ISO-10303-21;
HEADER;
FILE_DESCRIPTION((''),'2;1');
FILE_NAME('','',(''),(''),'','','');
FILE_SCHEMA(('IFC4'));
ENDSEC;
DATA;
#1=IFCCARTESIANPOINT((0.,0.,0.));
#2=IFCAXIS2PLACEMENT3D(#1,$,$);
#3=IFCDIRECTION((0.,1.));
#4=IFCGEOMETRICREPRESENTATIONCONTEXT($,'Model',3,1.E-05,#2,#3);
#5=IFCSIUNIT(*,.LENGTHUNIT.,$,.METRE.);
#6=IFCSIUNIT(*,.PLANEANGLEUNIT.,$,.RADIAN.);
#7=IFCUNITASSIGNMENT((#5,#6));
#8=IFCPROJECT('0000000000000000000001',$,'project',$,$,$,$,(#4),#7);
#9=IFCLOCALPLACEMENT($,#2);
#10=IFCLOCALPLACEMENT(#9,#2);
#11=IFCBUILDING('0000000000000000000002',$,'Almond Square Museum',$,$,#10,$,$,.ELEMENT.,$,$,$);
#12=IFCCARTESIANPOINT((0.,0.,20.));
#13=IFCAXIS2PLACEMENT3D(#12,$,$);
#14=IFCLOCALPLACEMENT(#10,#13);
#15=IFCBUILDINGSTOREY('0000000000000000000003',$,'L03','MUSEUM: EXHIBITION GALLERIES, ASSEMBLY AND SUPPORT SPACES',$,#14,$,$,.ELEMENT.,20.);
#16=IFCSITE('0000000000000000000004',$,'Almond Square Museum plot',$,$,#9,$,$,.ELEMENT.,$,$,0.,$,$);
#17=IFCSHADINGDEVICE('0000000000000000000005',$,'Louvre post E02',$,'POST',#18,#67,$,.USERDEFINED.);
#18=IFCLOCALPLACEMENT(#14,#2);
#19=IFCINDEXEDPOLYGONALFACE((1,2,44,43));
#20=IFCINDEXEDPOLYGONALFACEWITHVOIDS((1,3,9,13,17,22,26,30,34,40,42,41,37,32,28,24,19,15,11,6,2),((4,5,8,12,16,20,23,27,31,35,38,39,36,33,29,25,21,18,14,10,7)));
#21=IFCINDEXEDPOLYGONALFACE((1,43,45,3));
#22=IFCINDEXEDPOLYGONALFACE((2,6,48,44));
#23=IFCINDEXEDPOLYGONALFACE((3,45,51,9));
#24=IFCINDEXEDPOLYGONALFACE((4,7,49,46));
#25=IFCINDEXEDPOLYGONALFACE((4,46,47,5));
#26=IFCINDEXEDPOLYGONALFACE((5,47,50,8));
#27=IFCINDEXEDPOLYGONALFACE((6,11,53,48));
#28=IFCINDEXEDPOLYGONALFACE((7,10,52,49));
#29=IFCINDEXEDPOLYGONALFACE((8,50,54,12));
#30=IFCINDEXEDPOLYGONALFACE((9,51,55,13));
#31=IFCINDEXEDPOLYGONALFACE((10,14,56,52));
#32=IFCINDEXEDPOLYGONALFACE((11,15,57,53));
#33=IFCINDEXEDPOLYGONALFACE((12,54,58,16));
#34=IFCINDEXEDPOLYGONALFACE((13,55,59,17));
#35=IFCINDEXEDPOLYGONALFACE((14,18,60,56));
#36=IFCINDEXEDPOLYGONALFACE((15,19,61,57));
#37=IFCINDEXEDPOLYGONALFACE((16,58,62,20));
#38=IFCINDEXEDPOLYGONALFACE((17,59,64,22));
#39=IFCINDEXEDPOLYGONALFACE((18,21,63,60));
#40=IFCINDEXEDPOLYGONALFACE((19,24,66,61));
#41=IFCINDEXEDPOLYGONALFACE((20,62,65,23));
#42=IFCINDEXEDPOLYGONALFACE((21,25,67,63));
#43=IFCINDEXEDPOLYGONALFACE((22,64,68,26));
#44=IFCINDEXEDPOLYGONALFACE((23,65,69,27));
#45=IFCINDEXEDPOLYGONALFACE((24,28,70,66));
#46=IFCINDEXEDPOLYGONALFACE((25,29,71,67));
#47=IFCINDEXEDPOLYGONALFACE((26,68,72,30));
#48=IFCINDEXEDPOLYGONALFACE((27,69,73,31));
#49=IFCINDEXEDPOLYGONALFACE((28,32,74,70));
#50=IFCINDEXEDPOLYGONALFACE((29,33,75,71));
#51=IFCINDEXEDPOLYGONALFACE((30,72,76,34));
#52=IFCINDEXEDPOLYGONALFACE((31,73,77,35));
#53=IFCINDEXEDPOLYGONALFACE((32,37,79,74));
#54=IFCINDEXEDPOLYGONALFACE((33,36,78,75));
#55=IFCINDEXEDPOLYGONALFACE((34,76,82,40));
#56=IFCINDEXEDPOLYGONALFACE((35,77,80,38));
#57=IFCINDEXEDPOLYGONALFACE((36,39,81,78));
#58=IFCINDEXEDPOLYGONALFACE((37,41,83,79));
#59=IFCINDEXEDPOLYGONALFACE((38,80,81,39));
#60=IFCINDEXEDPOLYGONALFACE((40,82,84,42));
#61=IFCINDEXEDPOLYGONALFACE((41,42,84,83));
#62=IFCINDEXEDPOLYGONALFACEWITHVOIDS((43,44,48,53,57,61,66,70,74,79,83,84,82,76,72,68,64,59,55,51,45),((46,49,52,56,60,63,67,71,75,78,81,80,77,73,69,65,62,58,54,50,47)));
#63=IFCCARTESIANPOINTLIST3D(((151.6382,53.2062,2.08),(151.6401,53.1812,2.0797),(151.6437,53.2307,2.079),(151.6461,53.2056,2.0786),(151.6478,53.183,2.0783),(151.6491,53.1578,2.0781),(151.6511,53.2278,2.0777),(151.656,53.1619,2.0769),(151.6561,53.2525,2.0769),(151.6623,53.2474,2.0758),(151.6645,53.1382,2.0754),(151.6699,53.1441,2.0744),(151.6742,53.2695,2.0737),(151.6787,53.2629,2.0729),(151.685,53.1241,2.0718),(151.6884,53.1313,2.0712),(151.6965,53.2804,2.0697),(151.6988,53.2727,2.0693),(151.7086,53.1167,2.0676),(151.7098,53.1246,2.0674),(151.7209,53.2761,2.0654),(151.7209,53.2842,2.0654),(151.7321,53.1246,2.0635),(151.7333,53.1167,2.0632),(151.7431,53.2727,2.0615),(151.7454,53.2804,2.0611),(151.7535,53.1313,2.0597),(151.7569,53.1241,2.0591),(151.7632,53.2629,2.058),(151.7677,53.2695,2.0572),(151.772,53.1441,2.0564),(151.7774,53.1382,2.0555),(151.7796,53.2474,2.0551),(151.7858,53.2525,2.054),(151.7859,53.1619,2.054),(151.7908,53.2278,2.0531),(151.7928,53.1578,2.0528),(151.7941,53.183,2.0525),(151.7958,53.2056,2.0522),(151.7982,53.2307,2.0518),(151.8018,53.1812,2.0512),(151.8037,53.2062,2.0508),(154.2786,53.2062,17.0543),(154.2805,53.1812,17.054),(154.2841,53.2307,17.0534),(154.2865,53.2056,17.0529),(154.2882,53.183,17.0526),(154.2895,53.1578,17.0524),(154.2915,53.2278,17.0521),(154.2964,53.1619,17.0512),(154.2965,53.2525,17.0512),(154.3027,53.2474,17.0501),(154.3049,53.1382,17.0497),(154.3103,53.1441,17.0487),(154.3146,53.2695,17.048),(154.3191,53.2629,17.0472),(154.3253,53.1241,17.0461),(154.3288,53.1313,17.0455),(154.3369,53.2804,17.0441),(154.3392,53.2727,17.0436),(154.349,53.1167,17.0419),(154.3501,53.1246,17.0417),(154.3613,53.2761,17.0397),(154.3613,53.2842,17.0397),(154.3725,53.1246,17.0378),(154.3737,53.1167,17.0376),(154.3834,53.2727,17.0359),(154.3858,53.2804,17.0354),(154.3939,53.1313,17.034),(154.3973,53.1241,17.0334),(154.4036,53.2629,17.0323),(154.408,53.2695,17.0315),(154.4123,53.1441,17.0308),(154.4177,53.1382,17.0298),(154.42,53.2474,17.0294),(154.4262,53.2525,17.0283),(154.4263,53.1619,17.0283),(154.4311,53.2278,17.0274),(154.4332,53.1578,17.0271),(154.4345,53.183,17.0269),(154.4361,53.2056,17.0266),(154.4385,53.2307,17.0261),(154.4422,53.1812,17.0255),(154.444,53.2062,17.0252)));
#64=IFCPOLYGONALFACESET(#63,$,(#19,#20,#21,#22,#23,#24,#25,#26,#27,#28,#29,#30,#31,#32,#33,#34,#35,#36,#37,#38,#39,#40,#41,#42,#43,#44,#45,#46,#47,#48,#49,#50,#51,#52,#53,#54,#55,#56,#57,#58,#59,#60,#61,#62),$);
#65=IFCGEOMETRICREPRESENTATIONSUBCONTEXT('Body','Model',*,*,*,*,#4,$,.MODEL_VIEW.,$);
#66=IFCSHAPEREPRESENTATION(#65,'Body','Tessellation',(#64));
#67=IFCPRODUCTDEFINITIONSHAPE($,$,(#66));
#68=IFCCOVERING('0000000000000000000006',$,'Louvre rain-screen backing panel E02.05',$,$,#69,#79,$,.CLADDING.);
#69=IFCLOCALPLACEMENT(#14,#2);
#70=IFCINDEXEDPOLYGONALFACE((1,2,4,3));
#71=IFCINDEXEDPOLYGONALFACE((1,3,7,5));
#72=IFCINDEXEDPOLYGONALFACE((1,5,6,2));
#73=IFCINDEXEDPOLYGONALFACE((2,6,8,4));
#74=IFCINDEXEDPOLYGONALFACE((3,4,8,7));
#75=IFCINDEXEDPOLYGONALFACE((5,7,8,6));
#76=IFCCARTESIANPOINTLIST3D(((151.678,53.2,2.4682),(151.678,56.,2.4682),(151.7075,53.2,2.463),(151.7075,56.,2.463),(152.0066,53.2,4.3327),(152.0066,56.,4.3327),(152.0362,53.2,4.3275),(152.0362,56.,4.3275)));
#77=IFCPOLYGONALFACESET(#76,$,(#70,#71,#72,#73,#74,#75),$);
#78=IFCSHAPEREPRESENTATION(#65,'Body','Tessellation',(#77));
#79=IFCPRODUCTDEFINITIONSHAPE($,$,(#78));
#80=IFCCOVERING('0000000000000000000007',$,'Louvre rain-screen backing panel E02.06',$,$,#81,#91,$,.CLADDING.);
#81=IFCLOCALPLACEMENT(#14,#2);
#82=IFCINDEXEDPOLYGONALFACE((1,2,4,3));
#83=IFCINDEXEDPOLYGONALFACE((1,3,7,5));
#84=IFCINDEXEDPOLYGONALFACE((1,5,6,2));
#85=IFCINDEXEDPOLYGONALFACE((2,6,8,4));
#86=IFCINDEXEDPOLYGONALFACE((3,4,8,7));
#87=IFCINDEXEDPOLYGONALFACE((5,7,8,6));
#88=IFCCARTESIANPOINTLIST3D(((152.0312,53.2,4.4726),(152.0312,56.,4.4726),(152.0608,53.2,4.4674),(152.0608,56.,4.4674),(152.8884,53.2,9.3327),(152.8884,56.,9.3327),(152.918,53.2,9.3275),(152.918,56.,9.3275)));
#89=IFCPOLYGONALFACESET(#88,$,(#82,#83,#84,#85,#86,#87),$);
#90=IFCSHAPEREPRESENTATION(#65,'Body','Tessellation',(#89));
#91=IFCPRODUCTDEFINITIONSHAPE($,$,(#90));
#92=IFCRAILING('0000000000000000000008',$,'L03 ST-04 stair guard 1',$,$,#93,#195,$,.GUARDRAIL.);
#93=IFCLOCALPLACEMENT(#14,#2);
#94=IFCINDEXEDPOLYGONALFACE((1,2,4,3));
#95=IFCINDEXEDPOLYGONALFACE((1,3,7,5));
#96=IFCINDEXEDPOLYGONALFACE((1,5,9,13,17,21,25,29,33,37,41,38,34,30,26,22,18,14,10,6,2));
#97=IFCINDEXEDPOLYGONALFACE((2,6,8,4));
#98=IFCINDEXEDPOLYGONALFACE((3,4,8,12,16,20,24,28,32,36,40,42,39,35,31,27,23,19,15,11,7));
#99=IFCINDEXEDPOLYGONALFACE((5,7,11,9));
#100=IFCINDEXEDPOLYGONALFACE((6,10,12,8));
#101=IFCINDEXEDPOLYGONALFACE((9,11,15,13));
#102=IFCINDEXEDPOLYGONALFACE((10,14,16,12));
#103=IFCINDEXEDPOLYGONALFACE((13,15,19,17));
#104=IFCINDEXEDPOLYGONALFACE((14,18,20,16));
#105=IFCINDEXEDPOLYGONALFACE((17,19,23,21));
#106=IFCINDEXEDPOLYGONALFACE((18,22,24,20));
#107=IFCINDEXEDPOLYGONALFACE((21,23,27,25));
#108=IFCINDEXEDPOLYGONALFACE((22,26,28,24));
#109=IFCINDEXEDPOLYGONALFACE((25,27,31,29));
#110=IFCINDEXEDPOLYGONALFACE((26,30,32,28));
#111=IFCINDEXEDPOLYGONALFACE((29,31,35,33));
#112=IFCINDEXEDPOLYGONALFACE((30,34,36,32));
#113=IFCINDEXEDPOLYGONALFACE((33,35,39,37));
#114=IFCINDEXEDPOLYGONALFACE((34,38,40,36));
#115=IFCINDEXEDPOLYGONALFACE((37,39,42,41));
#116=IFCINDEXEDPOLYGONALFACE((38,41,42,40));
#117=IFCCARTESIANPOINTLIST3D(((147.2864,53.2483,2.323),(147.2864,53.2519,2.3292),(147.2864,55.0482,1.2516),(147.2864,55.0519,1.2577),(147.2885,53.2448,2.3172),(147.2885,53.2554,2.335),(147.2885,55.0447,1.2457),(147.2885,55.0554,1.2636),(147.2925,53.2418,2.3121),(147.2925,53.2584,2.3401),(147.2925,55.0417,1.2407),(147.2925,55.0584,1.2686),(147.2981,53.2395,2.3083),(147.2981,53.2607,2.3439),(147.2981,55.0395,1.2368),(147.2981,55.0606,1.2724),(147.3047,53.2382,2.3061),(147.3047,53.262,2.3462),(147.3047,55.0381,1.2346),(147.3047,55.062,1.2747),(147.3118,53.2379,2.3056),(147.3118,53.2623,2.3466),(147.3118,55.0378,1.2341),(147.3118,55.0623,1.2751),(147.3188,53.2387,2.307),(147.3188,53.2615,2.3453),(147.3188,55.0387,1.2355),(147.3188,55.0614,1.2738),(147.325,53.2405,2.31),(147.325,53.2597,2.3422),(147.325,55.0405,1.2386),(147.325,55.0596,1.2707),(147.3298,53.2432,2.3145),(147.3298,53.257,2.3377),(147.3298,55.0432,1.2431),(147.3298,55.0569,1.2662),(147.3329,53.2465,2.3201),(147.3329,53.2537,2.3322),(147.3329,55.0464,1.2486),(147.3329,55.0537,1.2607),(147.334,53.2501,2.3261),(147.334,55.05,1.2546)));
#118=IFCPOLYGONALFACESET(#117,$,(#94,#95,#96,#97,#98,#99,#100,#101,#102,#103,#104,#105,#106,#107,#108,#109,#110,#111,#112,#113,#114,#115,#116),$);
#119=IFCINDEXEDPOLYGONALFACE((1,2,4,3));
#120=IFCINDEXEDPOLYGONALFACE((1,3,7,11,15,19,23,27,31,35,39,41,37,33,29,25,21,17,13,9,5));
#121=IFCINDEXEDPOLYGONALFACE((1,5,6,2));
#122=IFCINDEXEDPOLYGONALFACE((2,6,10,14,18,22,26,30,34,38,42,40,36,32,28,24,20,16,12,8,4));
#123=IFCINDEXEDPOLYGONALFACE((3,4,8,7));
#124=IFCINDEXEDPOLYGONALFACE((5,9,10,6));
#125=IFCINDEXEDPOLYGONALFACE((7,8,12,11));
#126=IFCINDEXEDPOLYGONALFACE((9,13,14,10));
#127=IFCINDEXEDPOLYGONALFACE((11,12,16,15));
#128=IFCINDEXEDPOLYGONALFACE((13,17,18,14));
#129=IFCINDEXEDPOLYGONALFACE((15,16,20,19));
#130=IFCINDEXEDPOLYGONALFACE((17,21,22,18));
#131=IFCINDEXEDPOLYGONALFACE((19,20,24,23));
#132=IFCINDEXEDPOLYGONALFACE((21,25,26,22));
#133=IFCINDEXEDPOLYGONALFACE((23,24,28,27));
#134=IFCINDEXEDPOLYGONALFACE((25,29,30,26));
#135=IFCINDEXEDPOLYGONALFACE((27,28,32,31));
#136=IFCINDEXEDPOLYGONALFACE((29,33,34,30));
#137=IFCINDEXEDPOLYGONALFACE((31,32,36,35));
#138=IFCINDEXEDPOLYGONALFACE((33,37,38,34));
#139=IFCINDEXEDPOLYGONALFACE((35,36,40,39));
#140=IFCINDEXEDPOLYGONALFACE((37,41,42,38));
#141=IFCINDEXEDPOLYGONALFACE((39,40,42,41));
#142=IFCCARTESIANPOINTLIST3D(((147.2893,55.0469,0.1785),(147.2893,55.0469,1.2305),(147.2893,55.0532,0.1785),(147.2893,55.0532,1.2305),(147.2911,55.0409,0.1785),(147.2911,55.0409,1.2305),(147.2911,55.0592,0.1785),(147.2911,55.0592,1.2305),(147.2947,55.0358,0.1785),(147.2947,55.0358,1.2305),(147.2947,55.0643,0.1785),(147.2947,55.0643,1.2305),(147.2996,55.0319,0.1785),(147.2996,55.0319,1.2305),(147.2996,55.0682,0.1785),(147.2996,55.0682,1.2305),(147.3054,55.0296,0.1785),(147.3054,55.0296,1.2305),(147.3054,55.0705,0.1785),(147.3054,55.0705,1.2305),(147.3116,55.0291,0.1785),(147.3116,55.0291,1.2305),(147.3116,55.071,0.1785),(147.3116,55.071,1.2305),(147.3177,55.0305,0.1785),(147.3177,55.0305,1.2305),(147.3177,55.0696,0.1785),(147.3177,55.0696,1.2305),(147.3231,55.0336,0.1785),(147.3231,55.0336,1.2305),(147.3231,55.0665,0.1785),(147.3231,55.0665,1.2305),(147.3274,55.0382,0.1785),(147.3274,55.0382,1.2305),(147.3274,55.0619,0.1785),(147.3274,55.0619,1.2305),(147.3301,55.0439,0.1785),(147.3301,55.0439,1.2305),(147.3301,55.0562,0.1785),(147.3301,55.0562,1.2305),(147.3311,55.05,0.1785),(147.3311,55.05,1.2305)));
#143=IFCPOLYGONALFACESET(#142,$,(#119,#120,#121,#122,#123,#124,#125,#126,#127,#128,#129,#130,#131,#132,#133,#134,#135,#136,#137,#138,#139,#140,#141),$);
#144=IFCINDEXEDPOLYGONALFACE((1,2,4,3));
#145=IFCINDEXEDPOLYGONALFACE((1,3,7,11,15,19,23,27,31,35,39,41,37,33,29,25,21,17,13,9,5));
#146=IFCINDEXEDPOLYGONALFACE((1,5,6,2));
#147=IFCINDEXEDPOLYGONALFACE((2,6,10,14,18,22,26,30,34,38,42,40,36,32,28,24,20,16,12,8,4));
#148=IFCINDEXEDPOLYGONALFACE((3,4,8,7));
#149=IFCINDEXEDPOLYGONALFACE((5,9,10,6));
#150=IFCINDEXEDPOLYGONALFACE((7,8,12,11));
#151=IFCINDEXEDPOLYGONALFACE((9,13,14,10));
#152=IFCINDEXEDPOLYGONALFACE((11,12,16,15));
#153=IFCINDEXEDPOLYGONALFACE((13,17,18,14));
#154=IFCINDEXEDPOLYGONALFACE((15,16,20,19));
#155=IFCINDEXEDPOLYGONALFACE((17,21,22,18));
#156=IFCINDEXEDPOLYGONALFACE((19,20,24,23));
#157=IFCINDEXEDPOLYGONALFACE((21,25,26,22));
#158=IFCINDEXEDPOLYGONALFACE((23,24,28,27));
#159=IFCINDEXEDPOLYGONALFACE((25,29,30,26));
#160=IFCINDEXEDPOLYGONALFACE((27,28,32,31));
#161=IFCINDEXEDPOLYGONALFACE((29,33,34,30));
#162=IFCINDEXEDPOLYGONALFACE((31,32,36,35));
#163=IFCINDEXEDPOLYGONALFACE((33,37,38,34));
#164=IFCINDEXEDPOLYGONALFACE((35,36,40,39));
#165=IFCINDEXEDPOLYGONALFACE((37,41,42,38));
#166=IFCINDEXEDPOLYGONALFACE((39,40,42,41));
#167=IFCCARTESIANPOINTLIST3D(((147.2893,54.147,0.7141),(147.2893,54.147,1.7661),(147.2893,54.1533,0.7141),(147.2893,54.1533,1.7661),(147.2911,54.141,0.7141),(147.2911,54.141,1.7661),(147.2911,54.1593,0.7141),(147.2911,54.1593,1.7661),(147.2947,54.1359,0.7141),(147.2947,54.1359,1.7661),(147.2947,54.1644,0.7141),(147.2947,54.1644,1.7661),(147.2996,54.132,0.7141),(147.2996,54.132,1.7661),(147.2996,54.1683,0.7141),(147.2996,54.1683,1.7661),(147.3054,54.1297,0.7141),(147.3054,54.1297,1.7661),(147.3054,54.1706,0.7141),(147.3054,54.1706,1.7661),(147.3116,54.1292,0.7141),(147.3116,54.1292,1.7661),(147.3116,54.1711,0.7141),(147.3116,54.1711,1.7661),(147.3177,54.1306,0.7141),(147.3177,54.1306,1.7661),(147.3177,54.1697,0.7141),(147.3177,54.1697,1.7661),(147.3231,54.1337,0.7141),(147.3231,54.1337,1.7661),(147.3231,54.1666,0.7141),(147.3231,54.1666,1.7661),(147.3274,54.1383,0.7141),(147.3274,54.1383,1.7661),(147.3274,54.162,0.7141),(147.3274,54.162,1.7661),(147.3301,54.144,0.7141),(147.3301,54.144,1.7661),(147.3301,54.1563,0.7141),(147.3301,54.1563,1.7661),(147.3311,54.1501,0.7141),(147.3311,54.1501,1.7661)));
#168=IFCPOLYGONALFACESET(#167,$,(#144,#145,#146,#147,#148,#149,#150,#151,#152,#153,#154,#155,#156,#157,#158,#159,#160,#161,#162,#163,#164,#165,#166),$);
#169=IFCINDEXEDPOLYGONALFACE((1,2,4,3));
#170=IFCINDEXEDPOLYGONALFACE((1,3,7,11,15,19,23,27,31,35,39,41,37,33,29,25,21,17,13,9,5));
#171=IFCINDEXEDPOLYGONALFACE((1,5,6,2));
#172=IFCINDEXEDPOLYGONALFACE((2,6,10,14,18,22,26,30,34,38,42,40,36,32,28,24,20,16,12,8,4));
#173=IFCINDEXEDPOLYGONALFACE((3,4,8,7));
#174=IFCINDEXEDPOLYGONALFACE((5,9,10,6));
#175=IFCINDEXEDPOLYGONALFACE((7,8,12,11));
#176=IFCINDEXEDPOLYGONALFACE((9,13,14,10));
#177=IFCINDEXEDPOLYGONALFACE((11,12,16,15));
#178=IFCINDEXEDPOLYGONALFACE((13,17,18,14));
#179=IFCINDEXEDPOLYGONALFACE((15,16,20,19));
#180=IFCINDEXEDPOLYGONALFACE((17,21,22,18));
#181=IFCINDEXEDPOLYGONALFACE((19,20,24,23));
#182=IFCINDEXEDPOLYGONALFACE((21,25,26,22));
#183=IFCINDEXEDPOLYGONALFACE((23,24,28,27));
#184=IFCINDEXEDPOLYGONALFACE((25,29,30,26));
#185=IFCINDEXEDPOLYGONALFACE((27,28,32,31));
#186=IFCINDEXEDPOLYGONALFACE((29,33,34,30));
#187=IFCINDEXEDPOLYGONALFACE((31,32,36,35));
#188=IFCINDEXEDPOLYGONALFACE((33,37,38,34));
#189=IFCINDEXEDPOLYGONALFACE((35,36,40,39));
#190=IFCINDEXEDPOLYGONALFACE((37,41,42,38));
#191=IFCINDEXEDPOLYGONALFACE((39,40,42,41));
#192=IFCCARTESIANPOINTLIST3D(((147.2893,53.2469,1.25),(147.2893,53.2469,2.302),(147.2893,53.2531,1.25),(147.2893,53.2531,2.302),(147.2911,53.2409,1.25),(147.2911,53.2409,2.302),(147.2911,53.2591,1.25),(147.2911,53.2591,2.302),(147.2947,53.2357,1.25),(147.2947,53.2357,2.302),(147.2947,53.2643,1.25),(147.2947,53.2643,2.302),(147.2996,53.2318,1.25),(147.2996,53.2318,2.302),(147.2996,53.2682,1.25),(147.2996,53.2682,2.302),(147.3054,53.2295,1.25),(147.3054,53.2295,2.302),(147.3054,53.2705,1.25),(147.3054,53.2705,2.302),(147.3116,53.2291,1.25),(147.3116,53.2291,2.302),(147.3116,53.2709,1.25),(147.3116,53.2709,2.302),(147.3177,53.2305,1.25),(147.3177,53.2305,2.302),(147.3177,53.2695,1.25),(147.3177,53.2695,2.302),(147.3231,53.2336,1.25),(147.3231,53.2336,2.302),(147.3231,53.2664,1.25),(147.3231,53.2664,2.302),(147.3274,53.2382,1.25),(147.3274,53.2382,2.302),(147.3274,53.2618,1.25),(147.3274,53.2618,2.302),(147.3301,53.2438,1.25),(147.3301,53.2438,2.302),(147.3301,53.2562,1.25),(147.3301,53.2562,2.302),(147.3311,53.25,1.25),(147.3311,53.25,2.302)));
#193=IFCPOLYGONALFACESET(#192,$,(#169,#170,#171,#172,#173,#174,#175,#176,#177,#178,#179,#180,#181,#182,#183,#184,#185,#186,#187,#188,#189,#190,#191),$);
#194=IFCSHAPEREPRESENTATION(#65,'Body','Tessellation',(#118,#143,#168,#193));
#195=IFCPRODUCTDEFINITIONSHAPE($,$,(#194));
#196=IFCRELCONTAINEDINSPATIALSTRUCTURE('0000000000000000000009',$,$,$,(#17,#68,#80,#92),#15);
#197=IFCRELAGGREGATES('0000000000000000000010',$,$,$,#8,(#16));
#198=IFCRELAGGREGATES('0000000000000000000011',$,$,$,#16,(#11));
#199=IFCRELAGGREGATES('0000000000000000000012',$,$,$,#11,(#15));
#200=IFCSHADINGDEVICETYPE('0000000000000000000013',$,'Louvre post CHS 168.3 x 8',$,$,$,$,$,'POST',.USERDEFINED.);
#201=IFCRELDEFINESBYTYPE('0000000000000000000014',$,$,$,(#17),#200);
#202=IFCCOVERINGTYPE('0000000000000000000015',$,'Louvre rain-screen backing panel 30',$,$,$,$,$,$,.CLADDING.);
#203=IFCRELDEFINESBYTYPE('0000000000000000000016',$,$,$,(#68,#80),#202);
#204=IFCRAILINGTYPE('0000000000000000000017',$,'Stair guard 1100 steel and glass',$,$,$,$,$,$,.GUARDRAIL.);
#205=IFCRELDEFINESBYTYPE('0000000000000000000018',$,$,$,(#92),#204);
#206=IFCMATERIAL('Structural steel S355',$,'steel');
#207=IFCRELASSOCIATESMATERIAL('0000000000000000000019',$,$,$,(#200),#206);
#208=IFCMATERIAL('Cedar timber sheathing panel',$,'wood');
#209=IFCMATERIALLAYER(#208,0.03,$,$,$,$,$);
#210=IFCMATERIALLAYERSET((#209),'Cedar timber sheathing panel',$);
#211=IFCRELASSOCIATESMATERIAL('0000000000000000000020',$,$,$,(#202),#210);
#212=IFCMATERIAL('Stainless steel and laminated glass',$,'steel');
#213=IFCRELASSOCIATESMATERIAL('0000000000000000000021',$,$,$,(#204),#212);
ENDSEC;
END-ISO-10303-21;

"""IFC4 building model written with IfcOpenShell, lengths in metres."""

from ifc_helpers import new_model, si_unit, direction, frame, origin, origin_2d, place, context, subcontext, project, spatial, polyline, circle, hollow_circle, outline, extrude, material, layer, layer_set, material_profile, profile_set, type_object, element, save


model = new_model("IFC4")

# Units and contexts
model_context = context("Model", 3, precision=1e-05, world=origin(), true_north=direction((0.0, 1.0)))
body_context = subcontext(model_context, "Body", "Model", "MODEL_VIEW")
ifc_project = project(units=[si_unit("LENGTHUNIT", "METRE"), si_unit("PLANEANGLEUNIT", "RADIAN")], contexts=[model_context])

# Site, building, storey
site_placement = place(None, origin())
site = spatial("IfcSite", under=ifc_project, at=site_placement, Name="Almond Square Museum plot", CompositionType="ELEMENT", RefElevation=0.0)
building_placement = place(site_placement, origin())
building = spatial("IfcBuilding", under=site, at=building_placement, Name="Almond Square Museum", CompositionType="ELEMENT")
storey_placement = place(building_placement, frame((0.0, 0.0, 20.0)))
storey = spatial("IfcBuildingStorey", under=building, at=storey_placement, Name="L03", Description="MUSEUM: EXHIBITION GALLERIES, ASSEMBLY AND SUPPORT SPACES", CompositionType="ELEMENT", Elevation=20.0)

# Shading device
ifc_material_1 = material(Name="Structural steel S355", Category="steel")
ifc_material_profile_1 = material_profile(ifc_material_1, hollow_circle(Radius=0.0842, WallThickness=0.0081, at=origin_2d()))
ifc_profile_set_1 = profile_set([ifc_material_profile_1], Name="Structural steel S355")
shading_device_type = type_object("IfcShadingDeviceType", Name="Louvre post CHS 168.3 x 8", ElementType="POST", PredefinedType="USERDEFINED", material=ifc_profile_set_1)
shading_device_placement = place(storey_placement, frame((151.7209, 53.2, 2.0654), z_axis=(0.173648, 0.0, 0.984808), x_axis=(0.0, 1.0, 0.0)))
element("IfcShadingDevice", 1, at=shading_device_placement, inside=storey, type_object=shading_device_type, Name="Louvre post E02", ObjectType="POST", PredefinedType="USERDEFINED", context=body_context, shape_type="SweptSolid", body=[
    extrude(hollow_circle(Radius=0.0842, WallThickness=0.0081, at=origin_2d()), origin(), (0.0, 0.0, 1.0), 15.2053),
])

# Coverings
ifc_material_2 = material(Name="Cedar timber sheathing panel", Category="wood")
ifc_layer = layer(ifc_material_2, 0.03)
ifc_layer_set = layer_set([ifc_layer], Name="Cedar timber sheathing panel")
covering_type = type_object("IfcCoveringType", Name="Louvre rain-screen backing panel 30", PredefinedType="CLADDING", material=ifc_layer_set)
covering_1_placement = place(storey_placement, frame((151.6929, 53.2, 2.4656), z_axis=(0.984821, 0.0, -0.173572), x_axis=(0.0, 1.0, 0.0)))
element("IfcCovering", 2, at=covering_1_placement, inside=storey, type_object=covering_type, Name="Louvre rain-screen backing panel E02.05", PredefinedType="CLADDING", context=body_context, shape_type="SweptSolid", body=[
    extrude(outline(polyline([(0.0, 0.0), (2.8, 0.0), (2.8, 1.8932), (0.0, 1.8932), (0.0, 0.0)])), frame((0.0, 0.0, -0.0151)), (0.0, 0.0, 1.0), 0.03),
])
covering_2_placement = place(storey_placement, frame((152.0461, 53.2, 4.47), z_axis=(0.9848, 0.0, -0.173689), x_axis=(0.0, 1.0, 0.0)))
element("IfcCovering", 3, at=covering_2_placement, inside=storey, type_object=covering_type, Name="Louvre rain-screen backing panel E02.06", PredefinedType="CLADDING", context=body_context, shape_type="SweptSolid", body=[
    extrude(outline(polyline([(0.0, 0.0), (2.8, 0.0), (2.8, 4.9351), (0.0, 4.9351), (0.0, 0.0)])), frame((0.0, 0.0, -0.0151)), (0.0, 0.0, 1.0), 0.03),
])

# Railing
ifc_material_3 = material(Name="Stainless steel and laminated glass", Category="steel")
railing_type_1 = type_object("IfcRailingType", Name="Stair guard 1100 steel and glass", PredefinedType="GUARDRAIL", material=ifc_material_3)
railing_1_placement = place(storey_placement, frame((147.3101, 55.05, 0.1785)))
element("IfcRailing", 4, at=railing_1_placement, inside=storey, type_object=railing_type_1, Name="L03 ST-04 stair guard 1", PredefinedType="GUARDRAIL", context=body_context, shape_type="SweptSolid", body=[
    extrude(circle(Radius=0.0239, at=origin_2d()), frame((0.0, 0.0, 1.0762), z_axis=(0.0, -0.859277, 0.51151), x_axis=(1.0, 0.0, 0.0)), (0.0, 0.0, 1.0), 2.0947),
    extrude(circle(Radius=0.021, at=origin_2d()), origin(), (0.0, 0.0, 1.0), 1.052),
    extrude(circle(Radius=0.021, at=origin_2d()), frame((0.0, -0.8999, 0.5356)), (0.0, 0.0, 1.0), 1.052),
    extrude(circle(Radius=0.021, at=origin_2d()), frame((0.0, -1.8, 1.0715)), (0.0, 0.0, 1.0), 1.052),
])

save(model, "model.ifc")
